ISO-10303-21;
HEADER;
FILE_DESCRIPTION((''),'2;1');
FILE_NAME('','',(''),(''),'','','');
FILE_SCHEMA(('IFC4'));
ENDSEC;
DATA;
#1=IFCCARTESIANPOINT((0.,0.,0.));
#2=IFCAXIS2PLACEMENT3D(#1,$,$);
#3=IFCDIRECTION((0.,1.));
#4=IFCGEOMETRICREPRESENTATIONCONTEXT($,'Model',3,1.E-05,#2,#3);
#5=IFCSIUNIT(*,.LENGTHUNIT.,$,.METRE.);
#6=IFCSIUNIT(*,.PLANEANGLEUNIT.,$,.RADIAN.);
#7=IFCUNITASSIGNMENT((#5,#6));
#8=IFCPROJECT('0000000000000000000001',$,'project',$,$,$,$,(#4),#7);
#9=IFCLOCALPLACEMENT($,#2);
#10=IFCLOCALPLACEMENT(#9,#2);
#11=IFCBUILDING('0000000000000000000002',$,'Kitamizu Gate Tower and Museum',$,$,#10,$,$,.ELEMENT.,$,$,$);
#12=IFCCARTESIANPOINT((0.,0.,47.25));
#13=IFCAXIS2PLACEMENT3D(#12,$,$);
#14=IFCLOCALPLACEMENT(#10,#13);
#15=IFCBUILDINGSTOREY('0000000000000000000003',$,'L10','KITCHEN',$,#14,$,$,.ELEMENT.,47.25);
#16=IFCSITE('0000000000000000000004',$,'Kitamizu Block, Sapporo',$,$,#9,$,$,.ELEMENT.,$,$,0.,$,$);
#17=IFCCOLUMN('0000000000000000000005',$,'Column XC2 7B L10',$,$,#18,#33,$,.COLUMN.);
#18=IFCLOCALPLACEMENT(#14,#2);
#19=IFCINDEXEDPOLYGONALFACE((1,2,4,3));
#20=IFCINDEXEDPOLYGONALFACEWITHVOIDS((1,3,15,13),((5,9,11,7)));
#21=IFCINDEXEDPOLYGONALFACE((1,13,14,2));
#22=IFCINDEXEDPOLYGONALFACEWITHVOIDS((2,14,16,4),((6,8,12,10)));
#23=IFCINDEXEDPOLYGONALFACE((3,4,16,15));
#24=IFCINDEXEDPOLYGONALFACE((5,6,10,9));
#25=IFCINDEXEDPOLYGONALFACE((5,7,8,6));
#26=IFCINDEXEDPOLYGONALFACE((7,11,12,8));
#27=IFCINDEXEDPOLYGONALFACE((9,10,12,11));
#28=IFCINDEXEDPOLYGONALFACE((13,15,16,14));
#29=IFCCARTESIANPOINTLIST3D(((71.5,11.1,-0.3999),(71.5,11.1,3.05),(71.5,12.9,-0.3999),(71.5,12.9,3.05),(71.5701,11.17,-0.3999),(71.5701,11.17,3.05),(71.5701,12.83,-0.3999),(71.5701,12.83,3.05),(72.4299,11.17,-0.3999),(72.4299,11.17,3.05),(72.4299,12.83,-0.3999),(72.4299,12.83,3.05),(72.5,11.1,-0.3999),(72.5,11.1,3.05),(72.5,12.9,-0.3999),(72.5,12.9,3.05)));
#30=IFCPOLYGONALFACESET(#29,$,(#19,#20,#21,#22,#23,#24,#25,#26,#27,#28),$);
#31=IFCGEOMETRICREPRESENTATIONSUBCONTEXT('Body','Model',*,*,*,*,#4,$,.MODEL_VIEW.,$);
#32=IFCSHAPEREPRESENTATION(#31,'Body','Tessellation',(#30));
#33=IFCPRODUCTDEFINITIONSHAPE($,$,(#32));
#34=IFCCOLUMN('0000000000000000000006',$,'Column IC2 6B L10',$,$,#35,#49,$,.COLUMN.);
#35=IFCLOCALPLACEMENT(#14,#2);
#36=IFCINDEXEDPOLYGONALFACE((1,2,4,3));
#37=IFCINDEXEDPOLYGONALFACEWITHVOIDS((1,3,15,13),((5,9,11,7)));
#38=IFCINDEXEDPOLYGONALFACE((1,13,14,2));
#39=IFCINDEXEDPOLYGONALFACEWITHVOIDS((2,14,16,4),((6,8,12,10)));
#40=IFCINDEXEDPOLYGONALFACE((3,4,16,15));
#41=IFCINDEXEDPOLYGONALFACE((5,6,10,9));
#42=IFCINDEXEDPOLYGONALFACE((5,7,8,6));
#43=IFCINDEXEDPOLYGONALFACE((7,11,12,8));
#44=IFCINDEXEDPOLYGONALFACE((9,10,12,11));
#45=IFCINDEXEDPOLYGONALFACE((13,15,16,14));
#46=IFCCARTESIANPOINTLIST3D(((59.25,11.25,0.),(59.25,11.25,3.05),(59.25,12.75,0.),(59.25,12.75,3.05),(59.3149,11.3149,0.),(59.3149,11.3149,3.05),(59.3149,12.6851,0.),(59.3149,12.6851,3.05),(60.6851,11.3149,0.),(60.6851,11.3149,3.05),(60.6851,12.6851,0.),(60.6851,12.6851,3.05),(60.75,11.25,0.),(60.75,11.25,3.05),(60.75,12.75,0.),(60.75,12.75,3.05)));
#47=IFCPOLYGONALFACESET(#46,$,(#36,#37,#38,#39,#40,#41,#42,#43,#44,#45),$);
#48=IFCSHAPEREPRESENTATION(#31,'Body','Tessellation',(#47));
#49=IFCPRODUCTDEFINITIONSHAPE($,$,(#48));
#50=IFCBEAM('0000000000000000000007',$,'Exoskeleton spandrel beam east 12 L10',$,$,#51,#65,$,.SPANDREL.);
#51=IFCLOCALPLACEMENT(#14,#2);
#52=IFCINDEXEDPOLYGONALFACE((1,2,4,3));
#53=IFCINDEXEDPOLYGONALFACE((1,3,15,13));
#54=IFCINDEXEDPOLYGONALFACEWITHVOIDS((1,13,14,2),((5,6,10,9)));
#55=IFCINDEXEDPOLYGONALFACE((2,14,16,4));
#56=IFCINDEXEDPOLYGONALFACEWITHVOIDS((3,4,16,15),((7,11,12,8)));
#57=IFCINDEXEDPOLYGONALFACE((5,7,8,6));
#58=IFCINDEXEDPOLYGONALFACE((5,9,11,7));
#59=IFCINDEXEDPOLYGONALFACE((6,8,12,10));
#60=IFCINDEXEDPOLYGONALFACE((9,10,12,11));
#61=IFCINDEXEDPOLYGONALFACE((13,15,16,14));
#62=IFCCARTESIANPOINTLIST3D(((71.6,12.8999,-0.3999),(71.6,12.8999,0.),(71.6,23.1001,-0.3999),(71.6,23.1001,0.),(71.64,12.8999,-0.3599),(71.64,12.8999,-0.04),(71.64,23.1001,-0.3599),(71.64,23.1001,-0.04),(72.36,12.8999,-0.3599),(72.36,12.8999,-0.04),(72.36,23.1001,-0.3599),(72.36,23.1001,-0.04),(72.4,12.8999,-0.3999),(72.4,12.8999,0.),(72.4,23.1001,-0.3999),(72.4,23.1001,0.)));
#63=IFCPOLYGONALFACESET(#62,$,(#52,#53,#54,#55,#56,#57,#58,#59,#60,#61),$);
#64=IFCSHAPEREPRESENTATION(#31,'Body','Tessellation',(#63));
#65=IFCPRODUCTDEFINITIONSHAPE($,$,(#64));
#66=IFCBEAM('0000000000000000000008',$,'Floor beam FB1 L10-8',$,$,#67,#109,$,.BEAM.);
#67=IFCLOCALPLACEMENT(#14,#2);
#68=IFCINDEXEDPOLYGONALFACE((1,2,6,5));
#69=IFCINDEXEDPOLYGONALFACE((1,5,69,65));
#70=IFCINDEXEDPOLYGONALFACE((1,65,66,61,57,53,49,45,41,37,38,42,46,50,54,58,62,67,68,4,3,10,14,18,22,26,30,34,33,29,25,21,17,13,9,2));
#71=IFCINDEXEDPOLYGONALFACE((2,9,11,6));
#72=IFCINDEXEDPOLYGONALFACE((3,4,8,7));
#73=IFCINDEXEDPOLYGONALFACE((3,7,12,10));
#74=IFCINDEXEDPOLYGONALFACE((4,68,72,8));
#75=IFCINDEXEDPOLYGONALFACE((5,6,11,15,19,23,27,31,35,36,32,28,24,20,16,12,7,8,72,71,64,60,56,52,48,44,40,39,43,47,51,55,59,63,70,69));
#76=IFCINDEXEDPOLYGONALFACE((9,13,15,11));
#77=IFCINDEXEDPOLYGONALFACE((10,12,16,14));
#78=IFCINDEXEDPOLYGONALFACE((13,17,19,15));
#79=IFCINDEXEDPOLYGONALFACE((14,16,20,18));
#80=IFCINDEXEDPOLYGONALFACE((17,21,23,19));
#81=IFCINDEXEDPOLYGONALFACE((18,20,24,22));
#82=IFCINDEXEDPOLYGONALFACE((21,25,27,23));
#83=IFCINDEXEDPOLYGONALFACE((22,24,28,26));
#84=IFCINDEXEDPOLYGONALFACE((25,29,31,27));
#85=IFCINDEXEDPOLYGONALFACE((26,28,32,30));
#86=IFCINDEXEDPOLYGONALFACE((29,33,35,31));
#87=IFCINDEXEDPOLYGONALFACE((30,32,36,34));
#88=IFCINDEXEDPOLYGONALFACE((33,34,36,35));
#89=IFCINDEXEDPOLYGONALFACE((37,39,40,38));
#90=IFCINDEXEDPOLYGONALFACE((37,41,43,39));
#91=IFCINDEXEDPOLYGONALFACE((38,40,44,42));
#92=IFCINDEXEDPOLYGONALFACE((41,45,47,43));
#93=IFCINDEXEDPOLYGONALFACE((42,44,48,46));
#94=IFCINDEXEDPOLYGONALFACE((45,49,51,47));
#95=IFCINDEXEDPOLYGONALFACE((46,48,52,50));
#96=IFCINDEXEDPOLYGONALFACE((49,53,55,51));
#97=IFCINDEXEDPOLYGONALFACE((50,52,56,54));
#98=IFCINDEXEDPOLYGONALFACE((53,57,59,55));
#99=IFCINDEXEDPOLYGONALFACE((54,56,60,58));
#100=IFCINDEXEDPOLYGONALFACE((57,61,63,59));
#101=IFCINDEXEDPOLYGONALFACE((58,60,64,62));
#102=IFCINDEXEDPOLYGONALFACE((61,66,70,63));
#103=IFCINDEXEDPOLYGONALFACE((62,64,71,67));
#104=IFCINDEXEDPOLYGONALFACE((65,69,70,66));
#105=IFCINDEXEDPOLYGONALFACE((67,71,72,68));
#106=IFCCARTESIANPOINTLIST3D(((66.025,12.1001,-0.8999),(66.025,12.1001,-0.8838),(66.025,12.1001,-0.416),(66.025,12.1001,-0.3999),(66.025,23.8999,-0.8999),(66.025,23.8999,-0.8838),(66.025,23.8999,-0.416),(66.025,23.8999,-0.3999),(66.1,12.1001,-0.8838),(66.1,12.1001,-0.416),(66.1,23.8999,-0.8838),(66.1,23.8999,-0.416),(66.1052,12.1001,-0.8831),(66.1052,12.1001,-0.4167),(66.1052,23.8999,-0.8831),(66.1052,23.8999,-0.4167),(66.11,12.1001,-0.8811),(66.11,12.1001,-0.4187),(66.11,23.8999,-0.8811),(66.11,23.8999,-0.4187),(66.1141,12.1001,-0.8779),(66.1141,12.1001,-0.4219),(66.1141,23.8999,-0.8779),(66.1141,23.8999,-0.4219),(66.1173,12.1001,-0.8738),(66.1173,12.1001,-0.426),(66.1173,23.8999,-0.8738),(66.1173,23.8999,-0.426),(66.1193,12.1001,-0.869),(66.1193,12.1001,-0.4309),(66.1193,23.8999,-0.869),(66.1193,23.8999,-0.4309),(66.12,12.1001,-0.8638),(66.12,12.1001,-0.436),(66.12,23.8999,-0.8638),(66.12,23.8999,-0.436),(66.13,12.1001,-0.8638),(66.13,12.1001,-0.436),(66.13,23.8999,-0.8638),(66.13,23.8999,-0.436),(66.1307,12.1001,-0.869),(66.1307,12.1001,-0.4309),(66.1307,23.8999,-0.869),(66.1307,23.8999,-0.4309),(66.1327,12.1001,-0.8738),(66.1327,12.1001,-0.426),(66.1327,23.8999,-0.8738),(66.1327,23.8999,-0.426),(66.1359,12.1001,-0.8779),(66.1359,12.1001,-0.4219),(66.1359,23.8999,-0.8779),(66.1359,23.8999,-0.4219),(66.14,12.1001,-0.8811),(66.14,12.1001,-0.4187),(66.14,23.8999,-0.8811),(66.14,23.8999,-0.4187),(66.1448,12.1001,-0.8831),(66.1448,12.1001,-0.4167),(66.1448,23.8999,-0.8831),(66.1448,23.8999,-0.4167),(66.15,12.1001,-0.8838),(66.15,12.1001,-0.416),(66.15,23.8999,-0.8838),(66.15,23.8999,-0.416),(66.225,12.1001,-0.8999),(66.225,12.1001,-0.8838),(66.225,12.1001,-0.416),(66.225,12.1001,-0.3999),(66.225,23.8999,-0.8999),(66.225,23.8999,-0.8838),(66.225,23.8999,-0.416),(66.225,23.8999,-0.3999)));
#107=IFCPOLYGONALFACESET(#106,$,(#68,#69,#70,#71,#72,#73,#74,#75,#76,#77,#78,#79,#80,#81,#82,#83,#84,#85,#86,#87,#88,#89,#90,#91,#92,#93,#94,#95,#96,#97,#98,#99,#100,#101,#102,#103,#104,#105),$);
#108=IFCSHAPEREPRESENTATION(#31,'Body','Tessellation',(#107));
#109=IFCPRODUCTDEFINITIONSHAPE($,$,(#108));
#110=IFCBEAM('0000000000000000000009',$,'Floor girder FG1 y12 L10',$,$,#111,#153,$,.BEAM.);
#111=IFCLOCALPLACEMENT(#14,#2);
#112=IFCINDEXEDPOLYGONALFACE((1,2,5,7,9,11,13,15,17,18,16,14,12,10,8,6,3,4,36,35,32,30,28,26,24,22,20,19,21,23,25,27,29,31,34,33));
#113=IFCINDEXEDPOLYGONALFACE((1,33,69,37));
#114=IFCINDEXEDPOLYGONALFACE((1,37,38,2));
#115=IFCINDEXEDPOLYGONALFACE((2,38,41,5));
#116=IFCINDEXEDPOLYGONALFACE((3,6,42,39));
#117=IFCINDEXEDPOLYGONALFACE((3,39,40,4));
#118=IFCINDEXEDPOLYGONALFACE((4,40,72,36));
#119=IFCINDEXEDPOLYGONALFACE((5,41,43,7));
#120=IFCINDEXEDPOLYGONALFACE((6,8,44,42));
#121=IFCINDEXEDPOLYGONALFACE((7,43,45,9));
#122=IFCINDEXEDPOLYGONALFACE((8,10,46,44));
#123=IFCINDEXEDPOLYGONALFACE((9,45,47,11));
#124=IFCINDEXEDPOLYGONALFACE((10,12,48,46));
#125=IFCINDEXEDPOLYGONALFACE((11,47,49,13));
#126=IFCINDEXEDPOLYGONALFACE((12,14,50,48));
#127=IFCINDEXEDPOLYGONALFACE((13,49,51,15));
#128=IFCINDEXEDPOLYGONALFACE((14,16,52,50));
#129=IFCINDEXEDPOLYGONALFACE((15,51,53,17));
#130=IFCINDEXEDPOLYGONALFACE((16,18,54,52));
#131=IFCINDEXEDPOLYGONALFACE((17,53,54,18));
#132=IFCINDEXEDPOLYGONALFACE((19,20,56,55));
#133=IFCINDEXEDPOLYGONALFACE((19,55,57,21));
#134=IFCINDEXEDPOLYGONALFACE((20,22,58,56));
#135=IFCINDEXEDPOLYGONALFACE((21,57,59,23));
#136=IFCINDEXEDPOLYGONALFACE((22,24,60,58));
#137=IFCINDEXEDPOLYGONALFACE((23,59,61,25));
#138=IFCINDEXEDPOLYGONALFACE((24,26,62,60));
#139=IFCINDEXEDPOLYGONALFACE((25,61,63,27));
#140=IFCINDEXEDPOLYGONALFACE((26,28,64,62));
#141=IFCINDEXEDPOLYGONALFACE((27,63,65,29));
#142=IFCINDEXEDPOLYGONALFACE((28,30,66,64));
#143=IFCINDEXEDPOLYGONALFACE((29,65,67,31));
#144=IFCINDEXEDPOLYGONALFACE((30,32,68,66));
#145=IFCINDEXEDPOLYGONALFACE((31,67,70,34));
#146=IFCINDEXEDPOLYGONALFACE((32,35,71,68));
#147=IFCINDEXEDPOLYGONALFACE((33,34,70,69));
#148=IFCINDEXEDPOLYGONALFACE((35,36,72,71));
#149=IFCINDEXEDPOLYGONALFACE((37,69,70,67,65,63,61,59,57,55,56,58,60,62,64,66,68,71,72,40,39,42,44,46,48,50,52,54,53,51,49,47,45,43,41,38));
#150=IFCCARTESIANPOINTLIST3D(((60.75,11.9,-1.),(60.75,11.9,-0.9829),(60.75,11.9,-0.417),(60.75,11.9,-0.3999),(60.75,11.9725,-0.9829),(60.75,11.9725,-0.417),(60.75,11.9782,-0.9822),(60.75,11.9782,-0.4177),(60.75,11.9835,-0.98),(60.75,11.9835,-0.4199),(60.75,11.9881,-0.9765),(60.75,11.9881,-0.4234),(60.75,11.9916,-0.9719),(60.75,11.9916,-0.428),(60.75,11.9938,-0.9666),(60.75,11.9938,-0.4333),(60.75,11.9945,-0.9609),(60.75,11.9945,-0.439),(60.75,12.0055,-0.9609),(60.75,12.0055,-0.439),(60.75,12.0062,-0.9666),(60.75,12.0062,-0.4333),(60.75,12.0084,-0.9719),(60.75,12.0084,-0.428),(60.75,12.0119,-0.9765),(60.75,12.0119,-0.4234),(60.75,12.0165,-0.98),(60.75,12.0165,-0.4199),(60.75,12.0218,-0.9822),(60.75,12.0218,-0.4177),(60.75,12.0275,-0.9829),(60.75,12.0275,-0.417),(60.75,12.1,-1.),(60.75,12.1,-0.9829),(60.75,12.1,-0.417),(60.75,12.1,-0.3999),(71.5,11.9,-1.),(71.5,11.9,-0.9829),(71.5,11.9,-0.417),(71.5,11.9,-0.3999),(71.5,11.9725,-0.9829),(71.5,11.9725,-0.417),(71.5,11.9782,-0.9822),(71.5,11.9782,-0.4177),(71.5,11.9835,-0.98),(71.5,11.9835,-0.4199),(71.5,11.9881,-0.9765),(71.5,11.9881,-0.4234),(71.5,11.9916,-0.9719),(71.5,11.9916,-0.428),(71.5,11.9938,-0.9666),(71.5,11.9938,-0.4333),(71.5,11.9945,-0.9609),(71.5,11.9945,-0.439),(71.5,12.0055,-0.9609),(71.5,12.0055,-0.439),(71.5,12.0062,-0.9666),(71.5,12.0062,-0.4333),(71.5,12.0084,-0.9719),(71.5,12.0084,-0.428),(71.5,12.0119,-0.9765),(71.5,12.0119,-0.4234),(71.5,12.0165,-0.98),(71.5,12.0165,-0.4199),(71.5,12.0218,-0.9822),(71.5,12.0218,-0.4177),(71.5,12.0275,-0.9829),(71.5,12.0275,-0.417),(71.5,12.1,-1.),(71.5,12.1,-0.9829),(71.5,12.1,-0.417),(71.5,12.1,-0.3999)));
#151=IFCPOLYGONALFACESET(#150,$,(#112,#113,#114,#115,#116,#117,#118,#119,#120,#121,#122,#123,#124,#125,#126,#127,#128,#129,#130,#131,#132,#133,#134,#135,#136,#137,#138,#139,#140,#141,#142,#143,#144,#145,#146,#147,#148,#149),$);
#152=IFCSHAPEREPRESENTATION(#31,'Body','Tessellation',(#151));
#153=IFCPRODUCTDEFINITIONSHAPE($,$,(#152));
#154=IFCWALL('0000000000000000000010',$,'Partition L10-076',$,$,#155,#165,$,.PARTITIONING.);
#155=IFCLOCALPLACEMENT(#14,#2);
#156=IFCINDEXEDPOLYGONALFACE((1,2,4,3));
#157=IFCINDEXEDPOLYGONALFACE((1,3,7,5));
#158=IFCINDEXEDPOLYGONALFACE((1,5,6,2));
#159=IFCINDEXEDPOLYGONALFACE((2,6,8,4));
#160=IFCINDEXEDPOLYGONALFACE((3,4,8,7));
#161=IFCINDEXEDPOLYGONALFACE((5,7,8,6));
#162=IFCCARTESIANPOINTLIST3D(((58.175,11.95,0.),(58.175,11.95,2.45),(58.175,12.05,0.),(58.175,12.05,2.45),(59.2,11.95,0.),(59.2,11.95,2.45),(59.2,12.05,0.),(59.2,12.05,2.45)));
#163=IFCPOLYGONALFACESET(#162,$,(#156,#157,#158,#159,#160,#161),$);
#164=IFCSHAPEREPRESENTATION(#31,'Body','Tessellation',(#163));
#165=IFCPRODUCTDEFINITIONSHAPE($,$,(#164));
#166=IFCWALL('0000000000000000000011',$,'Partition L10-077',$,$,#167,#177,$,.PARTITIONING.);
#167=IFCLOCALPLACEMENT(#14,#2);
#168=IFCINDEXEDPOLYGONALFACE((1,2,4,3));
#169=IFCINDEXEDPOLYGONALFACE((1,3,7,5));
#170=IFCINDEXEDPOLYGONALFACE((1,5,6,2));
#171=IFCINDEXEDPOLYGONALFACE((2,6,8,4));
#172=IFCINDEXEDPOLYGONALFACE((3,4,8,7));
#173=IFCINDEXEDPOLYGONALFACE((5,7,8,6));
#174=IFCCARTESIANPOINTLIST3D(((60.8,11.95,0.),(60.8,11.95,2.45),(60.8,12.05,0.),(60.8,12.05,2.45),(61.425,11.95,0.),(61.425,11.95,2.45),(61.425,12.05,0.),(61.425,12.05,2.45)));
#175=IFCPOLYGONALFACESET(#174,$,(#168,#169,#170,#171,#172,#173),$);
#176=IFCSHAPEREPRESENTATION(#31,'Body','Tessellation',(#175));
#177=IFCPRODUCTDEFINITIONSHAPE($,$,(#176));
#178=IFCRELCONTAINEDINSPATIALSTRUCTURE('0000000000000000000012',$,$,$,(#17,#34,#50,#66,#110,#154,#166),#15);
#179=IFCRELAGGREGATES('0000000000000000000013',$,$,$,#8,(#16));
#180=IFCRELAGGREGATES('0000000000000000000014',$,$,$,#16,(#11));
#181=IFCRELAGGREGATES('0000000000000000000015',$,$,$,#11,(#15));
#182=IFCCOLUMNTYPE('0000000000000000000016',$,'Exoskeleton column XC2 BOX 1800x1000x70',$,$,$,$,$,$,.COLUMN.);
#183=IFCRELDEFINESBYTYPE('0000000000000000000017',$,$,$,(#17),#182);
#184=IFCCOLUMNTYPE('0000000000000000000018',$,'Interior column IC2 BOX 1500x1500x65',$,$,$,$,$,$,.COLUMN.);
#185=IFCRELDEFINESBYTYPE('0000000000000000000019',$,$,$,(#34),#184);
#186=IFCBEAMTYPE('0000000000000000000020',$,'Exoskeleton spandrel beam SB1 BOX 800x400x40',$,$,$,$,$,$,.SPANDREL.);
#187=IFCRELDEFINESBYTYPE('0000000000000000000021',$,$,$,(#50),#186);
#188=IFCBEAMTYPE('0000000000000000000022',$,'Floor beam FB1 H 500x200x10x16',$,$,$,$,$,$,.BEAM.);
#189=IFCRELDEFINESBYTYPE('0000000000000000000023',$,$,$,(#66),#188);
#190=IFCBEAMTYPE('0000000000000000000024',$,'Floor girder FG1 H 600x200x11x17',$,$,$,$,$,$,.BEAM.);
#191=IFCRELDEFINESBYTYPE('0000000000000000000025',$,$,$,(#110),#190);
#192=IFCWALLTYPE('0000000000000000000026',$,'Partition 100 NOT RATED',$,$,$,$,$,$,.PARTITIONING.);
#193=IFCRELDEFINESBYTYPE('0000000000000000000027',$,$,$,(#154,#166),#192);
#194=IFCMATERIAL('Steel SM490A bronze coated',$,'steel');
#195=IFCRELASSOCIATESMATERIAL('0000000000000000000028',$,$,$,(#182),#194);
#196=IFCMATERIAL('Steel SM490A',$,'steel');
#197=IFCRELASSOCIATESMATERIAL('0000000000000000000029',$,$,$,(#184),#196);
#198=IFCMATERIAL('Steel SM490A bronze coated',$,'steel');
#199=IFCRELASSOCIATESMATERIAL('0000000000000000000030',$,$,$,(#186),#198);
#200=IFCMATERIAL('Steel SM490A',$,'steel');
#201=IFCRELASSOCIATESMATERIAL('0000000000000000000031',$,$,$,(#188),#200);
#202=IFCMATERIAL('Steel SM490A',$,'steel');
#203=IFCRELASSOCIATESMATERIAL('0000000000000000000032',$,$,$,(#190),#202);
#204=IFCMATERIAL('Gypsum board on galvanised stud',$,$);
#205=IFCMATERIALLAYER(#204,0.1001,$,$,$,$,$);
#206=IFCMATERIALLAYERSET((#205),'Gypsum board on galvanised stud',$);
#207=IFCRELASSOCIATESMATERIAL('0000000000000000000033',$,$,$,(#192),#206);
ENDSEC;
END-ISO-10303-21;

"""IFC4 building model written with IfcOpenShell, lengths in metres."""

from ifc_helpers import new_model, si_unit, direction, frame, frame_2d, origin, origin_2d, place, context, subcontext, project, spatial, rectangle, hollow_rectangle, i_section, extrude, material, layer, layer_set, material_profile, profile_set, type_object, element, save


model = new_model("IFC4")

# Units and contexts
model_context = context("Model", 3, precision=1e-05, world=origin(), true_north=direction((0.0, 1.0)))
body_context = subcontext(model_context, "Body", "Model", "MODEL_VIEW")
ifc_project = project(units=[si_unit("LENGTHUNIT", "METRE"), si_unit("PLANEANGLEUNIT", "RADIAN")], contexts=[model_context])

# Site, building, storey
site_placement = place(None, origin())
site = spatial("IfcSite", under=ifc_project, at=site_placement, Name="Kitamizu Block, Sapporo", CompositionType="ELEMENT", RefElevation=0.0)
building_placement = place(site_placement, origin())
building = spatial("IfcBuilding", under=site, at=building_placement, Name="Kitamizu Gate Tower and Museum", CompositionType="ELEMENT")
storey_placement = place(building_placement, frame((0.0, 0.0, 47.25)))
storey = spatial("IfcBuildingStorey", under=building, at=storey_placement, Name="L10", Description="KITCHEN", CompositionType="ELEMENT", Elevation=47.25)

# Columns
ifc_material_1 = material(Name="Steel SM490A bronze coated", Category="steel")
ifc_material_profile_1 = material_profile(ifc_material_1, hollow_rectangle(XDim=1.8, YDim=1.0, WallThickness=0.0701, at=origin_2d()), Name="BOX 1800x1000x70")
ifc_profile_set_1 = profile_set([ifc_material_profile_1], Name="Steel SM490A bronze coated")
column_type_1 = type_object("IfcColumnType", Name="Exoskeleton column XC2 BOX 1800x1000x70", PredefinedType="COLUMN", material=ifc_profile_set_1)
column_1_placement = place(storey_placement, frame((72.0, 12.0, -0.3999), z_axis=(0.0, 0.0, 1.0), x_axis=(0.0, 1.0, 0.0)))
element("IfcColumn", 1, at=column_1_placement, inside=storey, type_object=column_type_1, Name="Column XC2 7B L10", PredefinedType="COLUMN", context=body_context, shape_type="SweptSolid", body=[
    extrude(hollow_rectangle(XDim=1.8, YDim=1.0, WallThickness=0.0701, at=origin_2d()), origin(), (0.0, 0.0, 1.0), 3.45),
])
ifc_material_2 = material(Name="Steel SM490A", Category="steel")
ifc_material_profile_2 = material_profile(ifc_material_2, hollow_rectangle(XDim=1.5, YDim=1.5, WallThickness=0.0649, at=origin_2d()), Name="BOX 1500x1500x65")
ifc_profile_set_2 = profile_set([ifc_material_profile_2], Name="Steel SM490A")
column_type_2 = type_object("IfcColumnType", Name="Interior column IC2 BOX 1500x1500x65", PredefinedType="COLUMN", material=ifc_profile_set_2)
column_2_placement = place(storey_placement, frame((60.0, 12.0, 0.0), z_axis=(0.0, 0.0, 1.0), x_axis=(1.0, 0.0, 0.0)))
element("IfcColumn", 2, at=column_2_placement, inside=storey, type_object=column_type_2, Name="Column IC2 6B L10", PredefinedType="COLUMN", context=body_context, shape_type="SweptSolid", body=[
    extrude(hollow_rectangle(XDim=1.5, YDim=1.5, WallThickness=0.0649, at=origin_2d()), origin(), (0.0, 0.0, 1.0), 3.05),
])

# Beams
ifc_material_3 = material(Name="Steel SM490A bronze coated", Category="steel")
ifc_material_profile_3 = material_profile(ifc_material_3, hollow_rectangle(XDim=0.8, YDim=0.3999, WallThickness=0.04, at=origin_2d()), Name="BOX 800x400x40")
ifc_profile_set_3 = profile_set([ifc_material_profile_3], Name="Steel SM490A bronze coated")
beam_type_1 = type_object("IfcBeamType", Name="Exoskeleton spandrel beam SB1 BOX 800x400x40", PredefinedType="SPANDREL", material=ifc_profile_set_3)
beam_1_placement = place(storey_placement, frame((72.0, 12.8999, -0.2), z_axis=(0.0, 1.0, 0.0), x_axis=(-1.0, 0.0, 0.0)))
element("IfcBeam", 3, at=beam_1_placement, inside=storey, type_object=beam_type_1, Name="Exoskeleton spandrel beam east 12 L10", PredefinedType="SPANDREL", context=body_context, shape_type="SweptSolid", body=[
    extrude(hollow_rectangle(XDim=0.8, YDim=0.3999, WallThickness=0.04, at=origin_2d()), origin(), (0.0, 0.0, 1.0), 10.2002),
])
ifc_material_4 = material(Name="Steel SM490A", Category="steel")
ifc_material_profile_4 = material_profile(ifc_material_4, i_section(OverallWidth=0.2, OverallDepth=0.5, WebThickness=0.01, FlangeThickness=0.0161, FilletRadius=0.02, at=origin_2d()), Name="H-500x200x10x16")
ifc_profile_set_4 = profile_set([ifc_material_profile_4], Name="Steel SM490A")
beam_type_2 = type_object("IfcBeamType", Name="Floor beam FB1 H 500x200x10x16", PredefinedType="BEAM", material=ifc_profile_set_4)
beam_2_placement = place(storey_placement, frame((66.125, 12.1001, -0.6499), z_axis=(0.0, 1.0, 0.0), x_axis=(-1.0, 0.0, 0.0)))
element("IfcBeam", 4, at=beam_2_placement, inside=storey, type_object=beam_type_2, Name="Floor beam FB1 L10-8", PredefinedType="BEAM", context=body_context, shape_type="SweptSolid", body=[
    extrude(i_section(OverallWidth=0.2, OverallDepth=0.5, WebThickness=0.01, FlangeThickness=0.0161, FilletRadius=0.02, at=origin_2d()), origin(), (0.0, 0.0, 1.0), 11.7998),
])
ifc_material_5 = material(Name="Steel SM490A", Category="steel")
ifc_material_profile_5 = material_profile(ifc_material_5, i_section(OverallWidth=0.2, OverallDepth=0.6001, WebThickness=0.011, FlangeThickness=0.0171, FilletRadius=0.022, at=origin_2d()), Name="H-600x200x11x17")
ifc_profile_set_5 = profile_set([ifc_material_profile_5], Name="Steel SM490A")
beam_type_3 = type_object("IfcBeamType", Name="Floor girder FG1 H 600x200x11x17", PredefinedType="BEAM", material=ifc_profile_set_5)
beam_3_placement = place(storey_placement, frame((60.75, 12.0, -0.7), z_axis=(1.0, 0.0, 0.0), x_axis=(0.0, 1.0, 0.0)))
element("IfcBeam", 5, at=beam_3_placement, inside=storey, type_object=beam_type_3, Name="Floor girder FG1 y12 L10", PredefinedType="BEAM", context=body_context, shape_type="SweptSolid", body=[
    extrude(i_section(OverallWidth=0.2, OverallDepth=0.6001, WebThickness=0.011, FlangeThickness=0.0171, FilletRadius=0.022, at=origin_2d()), origin(), (0.0, 0.0, 1.0), 10.75),
])

# Walls
ifc_material_6 = material(Name="Gypsum board on galvanised stud")
ifc_layer_1 = layer(ifc_material_6, 0.1001)
ifc_layer_set_1 = layer_set([ifc_layer_1], Name="Gypsum board on galvanised stud")
wall_type_1 = type_object("IfcWallType", Name="Partition 100 NOT RATED", PredefinedType="PARTITIONING", material=ifc_layer_set_1)
wall_1_placement = place(storey_placement, frame((59.2, 12.0, 0.0), z_axis=(0.0, 0.0, 1.0), x_axis=(-1.0, 0.0, 0.0)))
element("IfcWall", 6, at=wall_1_placement, inside=storey, type_object=wall_type_1, Name="Partition L10-076", PredefinedType="PARTITIONING", context=body_context, shape_type="SweptSolid", body=[
    extrude(rectangle(XDim=1.0249, YDim=0.1001, at=frame_2d((0.5125, 0.0))), origin(), (0.0, 0.0, 1.0), 2.45),
])
wall_2_placement = place(storey_placement, frame((61.425, 12.0, 0.0), z_axis=(0.0, 0.0, 1.0), x_axis=(-1.0, 0.0, 0.0)))
element("IfcWall", 7, at=wall_2_placement, inside=storey, type_object=wall_type_1, Name="Partition L10-077", PredefinedType="PARTITIONING", context=body_context, shape_type="SweptSolid", body=[
    extrude(rectangle(XDim=0.625, YDim=0.1001, at=frame_2d((0.3125, 0.0))), origin(), (0.0, 0.0, 1.0), 2.45),
])

save(model, "model.ifc")
